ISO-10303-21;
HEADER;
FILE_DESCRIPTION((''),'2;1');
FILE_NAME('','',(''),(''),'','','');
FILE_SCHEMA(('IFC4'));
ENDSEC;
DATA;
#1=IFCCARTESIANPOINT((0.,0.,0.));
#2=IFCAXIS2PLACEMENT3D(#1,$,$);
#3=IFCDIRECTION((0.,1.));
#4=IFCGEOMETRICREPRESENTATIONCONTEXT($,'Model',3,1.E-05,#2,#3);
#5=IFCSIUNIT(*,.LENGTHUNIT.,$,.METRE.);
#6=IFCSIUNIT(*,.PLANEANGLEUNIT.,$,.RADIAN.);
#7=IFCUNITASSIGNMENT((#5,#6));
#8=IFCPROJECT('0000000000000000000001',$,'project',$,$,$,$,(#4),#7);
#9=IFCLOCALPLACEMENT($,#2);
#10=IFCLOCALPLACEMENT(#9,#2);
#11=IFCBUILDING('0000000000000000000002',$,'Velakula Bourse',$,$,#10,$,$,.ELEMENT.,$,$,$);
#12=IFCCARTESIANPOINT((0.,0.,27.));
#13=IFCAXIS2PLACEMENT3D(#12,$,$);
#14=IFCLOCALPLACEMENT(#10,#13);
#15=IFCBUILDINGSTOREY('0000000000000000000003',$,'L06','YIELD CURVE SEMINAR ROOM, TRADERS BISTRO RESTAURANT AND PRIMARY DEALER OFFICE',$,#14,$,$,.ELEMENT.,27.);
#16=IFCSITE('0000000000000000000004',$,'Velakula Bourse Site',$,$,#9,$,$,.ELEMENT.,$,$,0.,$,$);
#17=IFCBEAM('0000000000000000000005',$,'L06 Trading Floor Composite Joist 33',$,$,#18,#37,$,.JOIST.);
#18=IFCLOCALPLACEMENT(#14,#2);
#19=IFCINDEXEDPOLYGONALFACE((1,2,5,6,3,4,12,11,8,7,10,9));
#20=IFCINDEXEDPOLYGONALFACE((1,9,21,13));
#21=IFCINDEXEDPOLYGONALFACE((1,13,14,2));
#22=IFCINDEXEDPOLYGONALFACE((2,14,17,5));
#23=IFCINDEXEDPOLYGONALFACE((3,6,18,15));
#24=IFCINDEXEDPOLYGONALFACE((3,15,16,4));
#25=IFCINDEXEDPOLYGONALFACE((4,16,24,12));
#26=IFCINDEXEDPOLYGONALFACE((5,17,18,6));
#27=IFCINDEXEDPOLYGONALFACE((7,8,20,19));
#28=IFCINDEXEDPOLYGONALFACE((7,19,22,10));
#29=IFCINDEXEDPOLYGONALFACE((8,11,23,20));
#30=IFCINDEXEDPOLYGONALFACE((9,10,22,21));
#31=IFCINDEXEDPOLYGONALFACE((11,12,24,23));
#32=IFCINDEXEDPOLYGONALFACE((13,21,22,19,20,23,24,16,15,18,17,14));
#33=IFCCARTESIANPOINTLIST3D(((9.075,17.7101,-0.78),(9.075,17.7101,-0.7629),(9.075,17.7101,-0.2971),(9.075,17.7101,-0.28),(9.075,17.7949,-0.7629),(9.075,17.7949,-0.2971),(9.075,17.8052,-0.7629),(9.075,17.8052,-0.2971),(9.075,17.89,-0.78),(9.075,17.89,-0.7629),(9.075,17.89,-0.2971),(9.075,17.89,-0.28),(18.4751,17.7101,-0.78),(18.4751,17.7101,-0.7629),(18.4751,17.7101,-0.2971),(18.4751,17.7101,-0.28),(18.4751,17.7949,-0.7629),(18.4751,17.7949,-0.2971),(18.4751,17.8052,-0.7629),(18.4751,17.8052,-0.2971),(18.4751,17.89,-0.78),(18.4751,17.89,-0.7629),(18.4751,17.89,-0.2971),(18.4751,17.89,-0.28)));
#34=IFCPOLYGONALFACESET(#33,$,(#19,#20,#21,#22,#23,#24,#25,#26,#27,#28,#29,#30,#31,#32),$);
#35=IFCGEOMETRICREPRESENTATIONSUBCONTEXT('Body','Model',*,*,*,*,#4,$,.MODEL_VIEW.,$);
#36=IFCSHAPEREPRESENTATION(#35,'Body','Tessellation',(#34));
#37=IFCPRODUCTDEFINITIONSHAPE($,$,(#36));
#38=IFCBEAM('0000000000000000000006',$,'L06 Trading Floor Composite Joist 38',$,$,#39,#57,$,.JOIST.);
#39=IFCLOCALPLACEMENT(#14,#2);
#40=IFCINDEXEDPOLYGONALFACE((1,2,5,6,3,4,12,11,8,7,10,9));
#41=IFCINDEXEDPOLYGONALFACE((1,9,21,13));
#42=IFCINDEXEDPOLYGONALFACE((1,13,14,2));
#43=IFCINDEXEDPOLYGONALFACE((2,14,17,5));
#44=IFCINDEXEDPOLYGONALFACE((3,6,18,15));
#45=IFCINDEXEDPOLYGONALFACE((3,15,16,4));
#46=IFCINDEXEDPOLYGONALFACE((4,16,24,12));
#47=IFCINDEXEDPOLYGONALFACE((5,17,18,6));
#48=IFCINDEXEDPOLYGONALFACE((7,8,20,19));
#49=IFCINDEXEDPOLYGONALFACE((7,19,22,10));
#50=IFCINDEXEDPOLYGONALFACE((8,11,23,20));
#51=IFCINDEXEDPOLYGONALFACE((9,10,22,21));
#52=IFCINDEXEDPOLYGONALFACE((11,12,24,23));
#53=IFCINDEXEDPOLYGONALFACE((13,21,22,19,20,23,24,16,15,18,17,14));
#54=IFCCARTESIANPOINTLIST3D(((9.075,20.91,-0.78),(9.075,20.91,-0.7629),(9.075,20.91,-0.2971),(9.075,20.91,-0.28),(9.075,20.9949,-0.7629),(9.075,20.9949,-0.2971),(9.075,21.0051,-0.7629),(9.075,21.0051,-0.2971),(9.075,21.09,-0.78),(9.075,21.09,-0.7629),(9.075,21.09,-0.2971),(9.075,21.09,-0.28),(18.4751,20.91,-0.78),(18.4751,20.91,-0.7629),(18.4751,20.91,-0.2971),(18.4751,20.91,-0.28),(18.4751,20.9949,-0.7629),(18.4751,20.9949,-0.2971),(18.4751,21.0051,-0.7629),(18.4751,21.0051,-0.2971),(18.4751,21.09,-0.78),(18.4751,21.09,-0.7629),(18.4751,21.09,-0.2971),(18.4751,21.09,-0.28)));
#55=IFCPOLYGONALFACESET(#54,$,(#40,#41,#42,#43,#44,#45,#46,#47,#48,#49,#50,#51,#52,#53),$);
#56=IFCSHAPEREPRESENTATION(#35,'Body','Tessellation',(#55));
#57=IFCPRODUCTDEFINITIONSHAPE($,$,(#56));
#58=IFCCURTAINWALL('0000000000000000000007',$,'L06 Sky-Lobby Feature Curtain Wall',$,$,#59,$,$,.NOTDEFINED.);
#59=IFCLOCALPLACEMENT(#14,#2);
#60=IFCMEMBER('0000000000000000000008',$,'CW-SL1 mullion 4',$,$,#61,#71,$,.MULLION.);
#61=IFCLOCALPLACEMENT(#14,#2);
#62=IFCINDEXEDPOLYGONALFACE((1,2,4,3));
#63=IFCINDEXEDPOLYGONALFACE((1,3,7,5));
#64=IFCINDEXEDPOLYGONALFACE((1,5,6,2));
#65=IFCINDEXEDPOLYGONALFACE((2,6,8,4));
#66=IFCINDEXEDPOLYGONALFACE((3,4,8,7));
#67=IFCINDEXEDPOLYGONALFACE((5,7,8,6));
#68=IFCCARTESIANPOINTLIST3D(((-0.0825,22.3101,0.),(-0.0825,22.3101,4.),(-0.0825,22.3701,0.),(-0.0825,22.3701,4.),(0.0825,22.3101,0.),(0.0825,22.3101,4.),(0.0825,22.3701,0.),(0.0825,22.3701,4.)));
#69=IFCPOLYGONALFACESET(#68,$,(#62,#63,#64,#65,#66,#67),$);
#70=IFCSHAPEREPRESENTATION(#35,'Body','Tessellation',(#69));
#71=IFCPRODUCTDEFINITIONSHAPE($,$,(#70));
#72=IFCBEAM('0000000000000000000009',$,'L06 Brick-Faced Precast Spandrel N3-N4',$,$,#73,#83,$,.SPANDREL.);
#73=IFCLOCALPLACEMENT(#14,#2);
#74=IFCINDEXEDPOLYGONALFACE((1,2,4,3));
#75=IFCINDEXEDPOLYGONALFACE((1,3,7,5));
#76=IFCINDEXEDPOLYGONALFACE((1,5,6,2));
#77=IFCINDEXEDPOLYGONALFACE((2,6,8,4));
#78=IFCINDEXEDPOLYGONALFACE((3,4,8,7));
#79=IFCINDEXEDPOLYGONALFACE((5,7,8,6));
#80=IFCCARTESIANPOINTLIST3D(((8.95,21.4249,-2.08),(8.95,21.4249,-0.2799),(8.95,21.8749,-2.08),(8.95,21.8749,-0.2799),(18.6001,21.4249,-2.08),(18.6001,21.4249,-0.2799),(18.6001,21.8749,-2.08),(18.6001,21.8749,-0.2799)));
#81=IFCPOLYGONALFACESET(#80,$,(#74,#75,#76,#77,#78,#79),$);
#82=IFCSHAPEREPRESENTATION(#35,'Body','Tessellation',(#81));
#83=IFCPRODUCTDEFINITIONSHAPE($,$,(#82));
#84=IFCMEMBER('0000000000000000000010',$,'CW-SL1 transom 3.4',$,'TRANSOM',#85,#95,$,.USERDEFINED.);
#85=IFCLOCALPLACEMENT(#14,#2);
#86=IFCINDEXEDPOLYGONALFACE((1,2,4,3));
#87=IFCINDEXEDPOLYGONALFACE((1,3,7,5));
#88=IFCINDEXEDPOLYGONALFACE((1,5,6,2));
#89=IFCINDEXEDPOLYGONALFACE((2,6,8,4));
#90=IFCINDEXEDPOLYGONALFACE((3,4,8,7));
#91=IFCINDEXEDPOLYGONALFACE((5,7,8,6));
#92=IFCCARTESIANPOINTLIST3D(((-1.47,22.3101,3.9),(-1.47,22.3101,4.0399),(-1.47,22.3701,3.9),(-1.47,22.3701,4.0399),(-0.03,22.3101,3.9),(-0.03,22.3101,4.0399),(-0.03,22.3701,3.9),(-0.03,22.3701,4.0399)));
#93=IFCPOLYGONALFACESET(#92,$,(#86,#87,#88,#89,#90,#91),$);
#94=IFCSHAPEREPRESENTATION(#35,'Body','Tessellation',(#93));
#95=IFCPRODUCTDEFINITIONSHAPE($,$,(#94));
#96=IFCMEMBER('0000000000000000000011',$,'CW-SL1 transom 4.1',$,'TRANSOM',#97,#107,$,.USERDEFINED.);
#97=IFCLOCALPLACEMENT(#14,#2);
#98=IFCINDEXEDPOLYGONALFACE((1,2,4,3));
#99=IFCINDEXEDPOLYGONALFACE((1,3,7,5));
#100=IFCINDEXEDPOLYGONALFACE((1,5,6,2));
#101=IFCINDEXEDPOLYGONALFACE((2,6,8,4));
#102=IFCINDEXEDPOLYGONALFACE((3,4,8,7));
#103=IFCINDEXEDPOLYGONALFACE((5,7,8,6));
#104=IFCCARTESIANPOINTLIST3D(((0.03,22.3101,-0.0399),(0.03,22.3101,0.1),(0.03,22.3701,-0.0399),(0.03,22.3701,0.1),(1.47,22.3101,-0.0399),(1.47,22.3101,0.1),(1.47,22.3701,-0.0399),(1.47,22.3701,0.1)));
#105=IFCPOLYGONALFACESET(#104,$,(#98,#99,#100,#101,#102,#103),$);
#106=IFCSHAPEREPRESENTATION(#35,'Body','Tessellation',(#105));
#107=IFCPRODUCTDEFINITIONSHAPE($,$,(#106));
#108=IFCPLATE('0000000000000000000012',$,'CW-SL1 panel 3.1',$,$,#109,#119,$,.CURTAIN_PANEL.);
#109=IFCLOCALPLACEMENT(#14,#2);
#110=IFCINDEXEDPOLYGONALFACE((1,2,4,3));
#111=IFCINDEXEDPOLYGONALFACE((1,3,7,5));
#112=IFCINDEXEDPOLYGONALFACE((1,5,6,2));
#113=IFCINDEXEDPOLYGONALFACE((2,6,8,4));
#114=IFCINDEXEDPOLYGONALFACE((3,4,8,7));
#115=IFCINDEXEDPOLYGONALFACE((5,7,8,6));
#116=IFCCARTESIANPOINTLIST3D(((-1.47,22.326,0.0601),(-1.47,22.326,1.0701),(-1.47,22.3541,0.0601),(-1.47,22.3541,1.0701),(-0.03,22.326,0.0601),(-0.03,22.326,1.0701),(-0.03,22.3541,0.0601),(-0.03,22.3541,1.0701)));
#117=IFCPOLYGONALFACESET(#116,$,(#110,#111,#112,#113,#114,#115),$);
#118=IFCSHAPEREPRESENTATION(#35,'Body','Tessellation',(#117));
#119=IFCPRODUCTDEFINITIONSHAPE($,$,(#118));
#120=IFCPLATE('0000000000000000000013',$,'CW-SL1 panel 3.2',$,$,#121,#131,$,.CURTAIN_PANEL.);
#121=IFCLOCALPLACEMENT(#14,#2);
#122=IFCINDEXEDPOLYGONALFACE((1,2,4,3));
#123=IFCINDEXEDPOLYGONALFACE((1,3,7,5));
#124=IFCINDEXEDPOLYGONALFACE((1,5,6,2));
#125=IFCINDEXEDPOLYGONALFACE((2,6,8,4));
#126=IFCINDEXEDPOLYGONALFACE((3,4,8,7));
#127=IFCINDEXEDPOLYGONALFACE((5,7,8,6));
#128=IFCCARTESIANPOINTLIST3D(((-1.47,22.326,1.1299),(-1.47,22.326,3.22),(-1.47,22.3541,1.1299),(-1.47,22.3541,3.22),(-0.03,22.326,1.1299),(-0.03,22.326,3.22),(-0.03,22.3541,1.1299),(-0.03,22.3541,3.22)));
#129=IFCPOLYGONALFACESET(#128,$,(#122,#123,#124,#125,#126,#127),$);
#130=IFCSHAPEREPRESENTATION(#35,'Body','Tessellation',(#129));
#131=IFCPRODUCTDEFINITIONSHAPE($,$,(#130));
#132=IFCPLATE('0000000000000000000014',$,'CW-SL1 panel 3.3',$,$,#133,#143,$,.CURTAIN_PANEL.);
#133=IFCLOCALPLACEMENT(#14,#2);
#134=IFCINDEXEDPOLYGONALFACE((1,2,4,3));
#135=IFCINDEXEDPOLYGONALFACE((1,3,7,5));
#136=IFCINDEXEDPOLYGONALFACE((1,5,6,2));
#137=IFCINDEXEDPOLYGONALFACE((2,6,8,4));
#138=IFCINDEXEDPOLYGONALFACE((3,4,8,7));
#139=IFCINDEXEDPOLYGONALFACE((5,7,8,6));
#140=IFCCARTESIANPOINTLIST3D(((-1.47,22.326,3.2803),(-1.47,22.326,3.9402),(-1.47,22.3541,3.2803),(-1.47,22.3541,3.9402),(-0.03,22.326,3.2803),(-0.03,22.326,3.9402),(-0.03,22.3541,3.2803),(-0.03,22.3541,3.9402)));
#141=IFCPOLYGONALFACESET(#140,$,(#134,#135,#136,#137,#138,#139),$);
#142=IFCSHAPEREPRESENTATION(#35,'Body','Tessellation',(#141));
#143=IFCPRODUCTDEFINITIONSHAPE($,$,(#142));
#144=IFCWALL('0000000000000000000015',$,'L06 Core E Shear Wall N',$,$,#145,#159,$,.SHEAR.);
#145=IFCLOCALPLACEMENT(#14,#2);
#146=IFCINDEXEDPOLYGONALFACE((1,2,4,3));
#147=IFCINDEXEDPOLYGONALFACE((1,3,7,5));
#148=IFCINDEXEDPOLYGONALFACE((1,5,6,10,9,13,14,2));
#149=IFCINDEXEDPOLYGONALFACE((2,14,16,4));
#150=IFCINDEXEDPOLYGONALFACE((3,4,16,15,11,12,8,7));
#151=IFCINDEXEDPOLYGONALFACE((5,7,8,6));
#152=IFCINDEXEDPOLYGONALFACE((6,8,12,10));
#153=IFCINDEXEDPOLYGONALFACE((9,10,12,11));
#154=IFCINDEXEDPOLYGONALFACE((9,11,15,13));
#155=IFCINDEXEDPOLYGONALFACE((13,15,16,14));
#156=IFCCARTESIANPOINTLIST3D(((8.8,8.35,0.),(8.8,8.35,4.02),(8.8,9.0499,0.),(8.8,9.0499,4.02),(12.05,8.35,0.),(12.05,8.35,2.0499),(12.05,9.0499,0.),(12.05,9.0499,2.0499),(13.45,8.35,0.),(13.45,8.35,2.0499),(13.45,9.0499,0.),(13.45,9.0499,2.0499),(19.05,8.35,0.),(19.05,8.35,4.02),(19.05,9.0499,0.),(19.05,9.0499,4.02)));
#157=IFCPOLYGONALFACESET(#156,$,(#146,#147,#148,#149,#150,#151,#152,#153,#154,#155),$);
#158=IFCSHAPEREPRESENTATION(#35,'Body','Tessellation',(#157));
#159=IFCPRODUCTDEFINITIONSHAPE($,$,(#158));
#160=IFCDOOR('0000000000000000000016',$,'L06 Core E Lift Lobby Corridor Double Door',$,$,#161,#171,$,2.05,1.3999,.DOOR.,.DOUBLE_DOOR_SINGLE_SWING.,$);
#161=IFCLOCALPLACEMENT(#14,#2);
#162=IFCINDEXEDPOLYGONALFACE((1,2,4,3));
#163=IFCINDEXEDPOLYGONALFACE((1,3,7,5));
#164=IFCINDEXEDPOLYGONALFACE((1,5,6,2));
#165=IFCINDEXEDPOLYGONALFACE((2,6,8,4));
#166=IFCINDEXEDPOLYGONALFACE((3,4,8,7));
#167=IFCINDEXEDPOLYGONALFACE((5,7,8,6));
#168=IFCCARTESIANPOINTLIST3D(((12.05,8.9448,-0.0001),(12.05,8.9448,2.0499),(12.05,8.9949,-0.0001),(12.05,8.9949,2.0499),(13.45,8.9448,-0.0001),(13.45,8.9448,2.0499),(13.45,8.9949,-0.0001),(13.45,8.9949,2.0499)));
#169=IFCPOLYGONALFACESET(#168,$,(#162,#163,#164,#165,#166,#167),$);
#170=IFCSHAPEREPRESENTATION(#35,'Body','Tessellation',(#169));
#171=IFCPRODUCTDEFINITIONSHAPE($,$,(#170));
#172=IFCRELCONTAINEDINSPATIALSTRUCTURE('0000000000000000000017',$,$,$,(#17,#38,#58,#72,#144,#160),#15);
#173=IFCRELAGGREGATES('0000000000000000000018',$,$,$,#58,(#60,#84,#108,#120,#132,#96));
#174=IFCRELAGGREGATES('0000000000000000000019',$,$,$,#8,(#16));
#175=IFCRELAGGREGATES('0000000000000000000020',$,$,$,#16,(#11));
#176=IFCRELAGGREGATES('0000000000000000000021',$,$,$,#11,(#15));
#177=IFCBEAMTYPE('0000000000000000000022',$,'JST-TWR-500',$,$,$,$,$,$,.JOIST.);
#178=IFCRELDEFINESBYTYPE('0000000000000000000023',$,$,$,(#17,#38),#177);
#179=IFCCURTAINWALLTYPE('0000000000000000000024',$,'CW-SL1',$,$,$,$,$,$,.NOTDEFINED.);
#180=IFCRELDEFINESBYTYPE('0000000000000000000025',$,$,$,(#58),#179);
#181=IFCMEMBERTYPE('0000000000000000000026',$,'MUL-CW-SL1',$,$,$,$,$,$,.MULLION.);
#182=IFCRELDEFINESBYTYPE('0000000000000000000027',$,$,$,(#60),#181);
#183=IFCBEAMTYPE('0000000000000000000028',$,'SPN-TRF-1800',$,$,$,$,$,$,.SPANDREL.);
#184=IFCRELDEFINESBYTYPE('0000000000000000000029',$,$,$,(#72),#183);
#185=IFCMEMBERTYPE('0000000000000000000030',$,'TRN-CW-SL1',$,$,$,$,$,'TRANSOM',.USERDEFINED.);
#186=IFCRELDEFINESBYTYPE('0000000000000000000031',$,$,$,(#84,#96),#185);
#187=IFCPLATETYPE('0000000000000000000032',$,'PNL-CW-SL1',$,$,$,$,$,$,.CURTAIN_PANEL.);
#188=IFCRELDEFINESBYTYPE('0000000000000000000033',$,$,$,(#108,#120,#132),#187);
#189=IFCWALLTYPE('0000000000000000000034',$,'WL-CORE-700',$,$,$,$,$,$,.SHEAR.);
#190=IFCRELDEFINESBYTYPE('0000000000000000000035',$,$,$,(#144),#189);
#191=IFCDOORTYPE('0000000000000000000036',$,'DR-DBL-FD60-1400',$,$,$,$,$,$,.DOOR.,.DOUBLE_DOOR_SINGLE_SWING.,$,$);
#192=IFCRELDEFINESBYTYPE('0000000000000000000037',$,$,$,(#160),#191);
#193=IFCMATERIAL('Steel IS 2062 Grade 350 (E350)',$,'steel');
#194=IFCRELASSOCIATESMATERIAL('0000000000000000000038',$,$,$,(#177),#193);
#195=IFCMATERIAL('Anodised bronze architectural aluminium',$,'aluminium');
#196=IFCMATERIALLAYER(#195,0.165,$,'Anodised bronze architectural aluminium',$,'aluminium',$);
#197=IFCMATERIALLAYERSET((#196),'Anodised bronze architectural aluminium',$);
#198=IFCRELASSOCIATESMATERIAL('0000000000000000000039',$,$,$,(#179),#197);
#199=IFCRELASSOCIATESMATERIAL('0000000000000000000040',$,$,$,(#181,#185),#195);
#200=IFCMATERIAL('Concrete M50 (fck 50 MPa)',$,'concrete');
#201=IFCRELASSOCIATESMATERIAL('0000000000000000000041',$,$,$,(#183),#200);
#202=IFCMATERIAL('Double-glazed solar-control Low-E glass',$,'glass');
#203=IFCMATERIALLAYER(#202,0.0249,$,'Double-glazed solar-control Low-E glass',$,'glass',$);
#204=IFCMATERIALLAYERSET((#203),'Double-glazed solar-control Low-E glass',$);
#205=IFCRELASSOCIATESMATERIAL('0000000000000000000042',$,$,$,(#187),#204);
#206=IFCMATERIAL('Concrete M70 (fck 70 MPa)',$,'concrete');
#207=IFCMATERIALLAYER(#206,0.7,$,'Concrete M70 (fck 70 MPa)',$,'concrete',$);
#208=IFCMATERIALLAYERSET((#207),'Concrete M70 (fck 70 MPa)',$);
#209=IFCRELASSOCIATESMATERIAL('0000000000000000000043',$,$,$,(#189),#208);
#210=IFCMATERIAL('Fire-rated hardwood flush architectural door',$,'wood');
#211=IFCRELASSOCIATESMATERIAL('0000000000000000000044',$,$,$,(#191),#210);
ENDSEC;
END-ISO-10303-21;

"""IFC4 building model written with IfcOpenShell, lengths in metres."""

from ifc_helpers import new_model, si_unit, direction, frame, frame_2d, origin, origin_2d, place, context, subcontext, project, spatial, rectangle, i_section, extrude, material, layer, layer_set, material_profile, profile_set, type_object, element, fill, aggregate, save


model = new_model("IFC4")

# Units and contexts
model_context = context("Model", 3, precision=1e-05, world=origin(), true_north=direction((0.0, 1.0)))
body_context = subcontext(model_context, "Body", "Model", "MODEL_VIEW")
ifc_project = project(units=[si_unit("LENGTHUNIT", "METRE"), si_unit("PLANEANGLEUNIT", "RADIAN")], contexts=[model_context])

# Site, building, storey
site_placement = place(None, origin())
site = spatial("IfcSite", under=ifc_project, at=site_placement, Name="Velakula Bourse Site", CompositionType="ELEMENT", RefElevation=0.0)
building_placement = place(site_placement, origin())
building = spatial("IfcBuilding", under=site, at=building_placement, Name="Velakula Bourse", CompositionType="ELEMENT")
storey_placement = place(building_placement, frame((0.0, 0.0, 27.0)))
storey = spatial("IfcBuildingStorey", under=building, at=storey_placement, Name="L06", Description="YIELD CURVE SEMINAR ROOM, TRADERS BISTRO RESTAURANT AND PRIMARY DEALER OFFICE", CompositionType="ELEMENT", Elevation=27.0)

# Shared definitions
ifc_material_1 = material(Name="Concrete M70 (fck 70 MPa)", Category="concrete")

# Beams
ifc_material_2 = material(Name="Steel IS 2062 Grade 350 (E350)", Category="steel")
ifc_material_profile_1 = material_profile(ifc_material_2, i_section(OverallWidth=0.1799, OverallDepth=0.5, WebThickness=0.0103, FlangeThickness=0.0171, at=origin_2d()), Name="Steel IS 2062 Grade 350 (E350)")
ifc_profile_set_1 = profile_set([ifc_material_profile_1], Name="Steel IS 2062 Grade 350 (E350)")
beam_type_1 = type_object("IfcBeamType", Name="JST-TWR-500", PredefinedType="JOIST", material=ifc_profile_set_1)
for number, where, z_axis, x_axis, name in (
    (1, (9.075, 17.8, -0.53), (1.0, 0.0, 0.0), (0.0, 1.0, 0.0), "L06 Trading Floor Composite Joist 33"),
    (2, (9.075, 21.0, -0.53), (1.0, 0.0, 0.0), (0.0, 1.0, 0.0), "L06 Trading Floor Composite Joist 38"),
):
    element("IfcBeam", number, at=place(storey_placement, frame(where, z_axis=z_axis, x_axis=x_axis)), inside=storey, type_object=beam_type_1, Name=name, PredefinedType="JOIST", context=body_context, shape_type="SweptSolid", body=[
        extrude(i_section(OverallWidth=0.1799, OverallDepth=0.5, WebThickness=0.0103, FlangeThickness=0.0171, at=origin_2d()), origin(), (0.0, 0.0, 1.0), 9.4001),
    ])

# Curtain wall, member
ifc_material_3 = material(Name="Anodised bronze architectural aluminium", Category="aluminium")
ifc_layer_1 = layer(ifc_material_3, 0.165, Name="Anodised bronze architectural aluminium", Category="aluminium")
ifc_layer_set_1 = layer_set([ifc_layer_1], Name="Anodised bronze architectural aluminium")
curtain_wall_type = type_object("IfcCurtainWallType", Name="CW-SL1", PredefinedType="NOTDEFINED", material=ifc_layer_set_1)
curtain_wall_placement = place(storey_placement, origin())
curtain_wall = element("IfcCurtainWall", 3, at=curtain_wall_placement, inside=storey, type_object=curtain_wall_type, Name="L06 Sky-Lobby Feature Curtain Wall", PredefinedType="NOTDEFINED")
ifc_material_profile_2 = material_profile(ifc_material_3, rectangle(XDim=0.0601, YDim=0.165, at=origin_2d()), Name="Anodised bronze architectural aluminium")
ifc_profile_set_2 = profile_set([ifc_material_profile_2], Name="Anodised bronze architectural aluminium")
member_type_1 = type_object("IfcMemberType", Name="MUL-CW-SL1", PredefinedType="MULLION", material=ifc_profile_set_2)
member_1_placement = place(storey_placement, frame((0.0, 22.3401, 0.0), z_axis=(0.0, 0.0, 1.0), x_axis=(0.0, 1.0, 0.0)))
member_1 = element("IfcMember", 4, at=member_1_placement, type_object=member_type_1, Name="CW-SL1 mullion 4", PredefinedType="MULLION", context=body_context, shape_type="SweptSolid", body=[
    extrude(rectangle(XDim=0.0601, YDim=0.165, at=origin_2d()), origin(), (0.0, 0.0, 1.0), 4.0),
])

# Beam
ifc_material_4 = material(Name="Concrete M50 (fck 50 MPa)", Category="concrete")
ifc_material_profile_3 = material_profile(ifc_material_4, rectangle(XDim=0.45, YDim=1.8, at=origin_2d()), Name="Concrete M50 (fck 50 MPa)")
ifc_profile_set_3 = profile_set([ifc_material_profile_3], Name="Concrete M50 (fck 50 MPa)")
beam_type_2 = type_object("IfcBeamType", Name="SPN-TRF-1800", PredefinedType="SPANDREL", material=ifc_profile_set_3)
beam_1_placement = place(storey_placement, frame((8.95, 21.6499, -1.1799), z_axis=(1.0, 0.0, 0.0), x_axis=(0.0, 1.0, 0.0)))
element("IfcBeam", 5, at=beam_1_placement, inside=storey, type_object=beam_type_2, Name="L06 Brick-Faced Precast Spandrel N3-N4", PredefinedType="SPANDREL", context=body_context, shape_type="SweptSolid", body=[
    extrude(rectangle(XDim=0.45, YDim=1.8, at=origin_2d()), origin(), (0.0, 0.0, 1.0), 9.6501),
])

# Members
ifc_material_profile_4 = material_profile(ifc_material_3, rectangle(XDim=0.0601, YDim=0.1399, at=origin_2d()), Name="Anodised bronze architectural aluminium")
ifc_profile_set_4 = profile_set([ifc_material_profile_4], Name="Anodised bronze architectural aluminium")
member_type_2 = type_object("IfcMemberType", Name="TRN-CW-SL1", ElementType="TRANSOM", PredefinedType="USERDEFINED", material=ifc_profile_set_4)
member_2_placement = place(storey_placement, frame((-1.47, 22.3401, 3.97), z_axis=(1.0, 0.0, 0.0), x_axis=(0.0, 1.0, 0.0)))
member_2 = element("IfcMember", 6, at=member_2_placement, type_object=member_type_2, Name="CW-SL1 transom 3.4", ObjectType="TRANSOM", PredefinedType="USERDEFINED", context=body_context, shape_type="SweptSolid", body=[
    extrude(rectangle(XDim=0.0601, YDim=0.1399, at=origin_2d()), origin(), (0.0, 0.0, 1.0), 1.4399),
])
member_3_placement = place(storey_placement, frame((0.03, 22.3401, 0.03), z_axis=(1.0, 0.0, 0.0), x_axis=(0.0, 1.0, 0.0)))
member_3 = element("IfcMember", 7, at=member_3_placement, type_object=member_type_2, Name="CW-SL1 transom 4.1", ObjectType="TRANSOM", PredefinedType="USERDEFINED", context=body_context, shape_type="SweptSolid", body=[
    extrude(rectangle(XDim=0.0601, YDim=0.1399, at=origin_2d()), origin(), (0.0, 0.0, 1.0), 1.4399),
])

# Plates
ifc_material_5 = material(Name="Double-glazed solar-control Low-E glass", Category="glass")
ifc_layer_2 = layer(ifc_material_5, 0.0249, Name="Double-glazed solar-control Low-E glass", Category="glass")
ifc_layer_set_2 = layer_set([ifc_layer_2], Name="Double-glazed solar-control Low-E glass")
plate_type = type_object("IfcPlateType", Name="PNL-CW-SL1", PredefinedType="CURTAIN_PANEL", material=ifc_layer_set_2)
plate_1_placement = place(storey_placement, frame((-0.75, 22.3401, 0.0601), z_axis=(0.0, 0.0, 1.0), x_axis=(1.0, 0.0, 0.0)))
plate_1 = element("IfcPlate", 8, at=plate_1_placement, type_object=plate_type, Name="CW-SL1 panel 3.1", PredefinedType="CURTAIN_PANEL", context=body_context, shape_type="SweptSolid", body=[
    extrude(rectangle(XDim=1.4399, YDim=0.0281, at=origin_2d()), origin(), (0.0, 0.0, 1.0), 1.01),
])
plate_2_placement = place(storey_placement, frame((-0.75, 22.3401, 1.1299), z_axis=(0.0, 0.0, 1.0), x_axis=(1.0, 0.0, 0.0)))
plate_2 = element("IfcPlate", 9, at=plate_2_placement, type_object=plate_type, Name="CW-SL1 panel 3.2", PredefinedType="CURTAIN_PANEL", context=body_context, shape_type="SweptSolid", body=[
    extrude(rectangle(XDim=1.4399, YDim=0.0281, at=origin_2d()), origin(), (0.0, 0.0, 1.0), 2.0901),
])
plate_3_placement = place(storey_placement, frame((-0.75, 22.3401, 3.2803), z_axis=(0.0, 0.0, 1.0), x_axis=(1.0, 0.0, 0.0)))
plate_3 = element("IfcPlate", 10, at=plate_3_placement, type_object=plate_type, Name="CW-SL1 panel 3.3", PredefinedType="CURTAIN_PANEL", context=body_context, shape_type="SweptSolid", body=[
    extrude(rectangle(XDim=1.4399, YDim=0.0281, at=origin_2d()), origin(), (0.0, 0.0, 1.0), 0.6599),
])
aggregate(curtain_wall, [member_1, member_2, plate_1, plate_2, plate_3, member_3])

# Wall, opening, door
ifc_layer_3 = layer(ifc_material_1, 0.7, Name="Concrete M70 (fck 70 MPa)", Category="concrete")
ifc_layer_set_3 = layer_set([ifc_layer_3], Name="Concrete M70 (fck 70 MPa)")
wall_type_1 = type_object("IfcWallType", Name="WL-CORE-700", PredefinedType="SHEAR", material=ifc_layer_set_3)
wall_1_placement = place(storey_placement, frame((8.8, 8.7, 0.0), z_axis=(0.0, 0.0, 1.0), x_axis=(1.0, 0.0, 0.0)))
wall_1 = element("IfcWall", 11, at=wall_1_placement, inside=storey, type_object=wall_type_1, Name="L06 Core E Shear Wall N", PredefinedType="SHEAR", context=body_context, shape_type="SweptSolid", body=[
    extrude(rectangle(XDim=10.25, YDim=0.7, at=frame_2d((5.125, 0.0))), origin(), (0.0, 0.0, 1.0), 4.02),
])
opening_1_placement = place(wall_1_placement, frame((3.25, 0.0, 0.0)))
opening_1 = element("IfcOpeningElement", 12, at=opening_1_placement, cuts=wall_1, PredefinedType="OPENING", context=body_context, shape_type="SweptSolid", body=[
    extrude(rectangle(XDim=1.3999, YDim=2.05, at=frame_2d((0.7, 1.0249))), frame((0.0, 0.3599, 0.0), z_axis=(0.0, -1.0, 0.0), x_axis=(1.0, 0.0, 0.0)), (0.0, 0.0, 1.0), 0.72),
])
ifc_material_6 = material(Name="Fire-rated hardwood flush architectural door", Category="wood")
door_type_1 = type_object("IfcDoorType", Name="DR-DBL-FD60-1400", OperationType="DOUBLE_DOOR_SINGLE_SWING", PredefinedType="DOOR", material=ifc_material_6)
door_1_placement = place(opening_1_placement, origin())
door_1 = element("IfcDoor", 13, at=door_1_placement, inside=storey, type_object=door_type_1, Name="L06 Core E Lift Lobby Corridor Double Door", OperationType="DOUBLE_DOOR_SINGLE_SWING", OverallHeight=2.05, OverallWidth=1.3999, PredefinedType="DOOR", context=body_context, shape_type="SweptSolid", body=[
    extrude(rectangle(XDim=1.3999, YDim=2.05, at=frame_2d((0.7, 1.0249))), frame((0.0, 0.2949, 0.0), z_axis=(0.0, -1.0, 0.0), x_axis=(1.0, 0.0, 0.0)), (0.0, 0.0, 1.0), 0.05),
])
fill(opening_1, door_1)

save(model, "model.ifc")
